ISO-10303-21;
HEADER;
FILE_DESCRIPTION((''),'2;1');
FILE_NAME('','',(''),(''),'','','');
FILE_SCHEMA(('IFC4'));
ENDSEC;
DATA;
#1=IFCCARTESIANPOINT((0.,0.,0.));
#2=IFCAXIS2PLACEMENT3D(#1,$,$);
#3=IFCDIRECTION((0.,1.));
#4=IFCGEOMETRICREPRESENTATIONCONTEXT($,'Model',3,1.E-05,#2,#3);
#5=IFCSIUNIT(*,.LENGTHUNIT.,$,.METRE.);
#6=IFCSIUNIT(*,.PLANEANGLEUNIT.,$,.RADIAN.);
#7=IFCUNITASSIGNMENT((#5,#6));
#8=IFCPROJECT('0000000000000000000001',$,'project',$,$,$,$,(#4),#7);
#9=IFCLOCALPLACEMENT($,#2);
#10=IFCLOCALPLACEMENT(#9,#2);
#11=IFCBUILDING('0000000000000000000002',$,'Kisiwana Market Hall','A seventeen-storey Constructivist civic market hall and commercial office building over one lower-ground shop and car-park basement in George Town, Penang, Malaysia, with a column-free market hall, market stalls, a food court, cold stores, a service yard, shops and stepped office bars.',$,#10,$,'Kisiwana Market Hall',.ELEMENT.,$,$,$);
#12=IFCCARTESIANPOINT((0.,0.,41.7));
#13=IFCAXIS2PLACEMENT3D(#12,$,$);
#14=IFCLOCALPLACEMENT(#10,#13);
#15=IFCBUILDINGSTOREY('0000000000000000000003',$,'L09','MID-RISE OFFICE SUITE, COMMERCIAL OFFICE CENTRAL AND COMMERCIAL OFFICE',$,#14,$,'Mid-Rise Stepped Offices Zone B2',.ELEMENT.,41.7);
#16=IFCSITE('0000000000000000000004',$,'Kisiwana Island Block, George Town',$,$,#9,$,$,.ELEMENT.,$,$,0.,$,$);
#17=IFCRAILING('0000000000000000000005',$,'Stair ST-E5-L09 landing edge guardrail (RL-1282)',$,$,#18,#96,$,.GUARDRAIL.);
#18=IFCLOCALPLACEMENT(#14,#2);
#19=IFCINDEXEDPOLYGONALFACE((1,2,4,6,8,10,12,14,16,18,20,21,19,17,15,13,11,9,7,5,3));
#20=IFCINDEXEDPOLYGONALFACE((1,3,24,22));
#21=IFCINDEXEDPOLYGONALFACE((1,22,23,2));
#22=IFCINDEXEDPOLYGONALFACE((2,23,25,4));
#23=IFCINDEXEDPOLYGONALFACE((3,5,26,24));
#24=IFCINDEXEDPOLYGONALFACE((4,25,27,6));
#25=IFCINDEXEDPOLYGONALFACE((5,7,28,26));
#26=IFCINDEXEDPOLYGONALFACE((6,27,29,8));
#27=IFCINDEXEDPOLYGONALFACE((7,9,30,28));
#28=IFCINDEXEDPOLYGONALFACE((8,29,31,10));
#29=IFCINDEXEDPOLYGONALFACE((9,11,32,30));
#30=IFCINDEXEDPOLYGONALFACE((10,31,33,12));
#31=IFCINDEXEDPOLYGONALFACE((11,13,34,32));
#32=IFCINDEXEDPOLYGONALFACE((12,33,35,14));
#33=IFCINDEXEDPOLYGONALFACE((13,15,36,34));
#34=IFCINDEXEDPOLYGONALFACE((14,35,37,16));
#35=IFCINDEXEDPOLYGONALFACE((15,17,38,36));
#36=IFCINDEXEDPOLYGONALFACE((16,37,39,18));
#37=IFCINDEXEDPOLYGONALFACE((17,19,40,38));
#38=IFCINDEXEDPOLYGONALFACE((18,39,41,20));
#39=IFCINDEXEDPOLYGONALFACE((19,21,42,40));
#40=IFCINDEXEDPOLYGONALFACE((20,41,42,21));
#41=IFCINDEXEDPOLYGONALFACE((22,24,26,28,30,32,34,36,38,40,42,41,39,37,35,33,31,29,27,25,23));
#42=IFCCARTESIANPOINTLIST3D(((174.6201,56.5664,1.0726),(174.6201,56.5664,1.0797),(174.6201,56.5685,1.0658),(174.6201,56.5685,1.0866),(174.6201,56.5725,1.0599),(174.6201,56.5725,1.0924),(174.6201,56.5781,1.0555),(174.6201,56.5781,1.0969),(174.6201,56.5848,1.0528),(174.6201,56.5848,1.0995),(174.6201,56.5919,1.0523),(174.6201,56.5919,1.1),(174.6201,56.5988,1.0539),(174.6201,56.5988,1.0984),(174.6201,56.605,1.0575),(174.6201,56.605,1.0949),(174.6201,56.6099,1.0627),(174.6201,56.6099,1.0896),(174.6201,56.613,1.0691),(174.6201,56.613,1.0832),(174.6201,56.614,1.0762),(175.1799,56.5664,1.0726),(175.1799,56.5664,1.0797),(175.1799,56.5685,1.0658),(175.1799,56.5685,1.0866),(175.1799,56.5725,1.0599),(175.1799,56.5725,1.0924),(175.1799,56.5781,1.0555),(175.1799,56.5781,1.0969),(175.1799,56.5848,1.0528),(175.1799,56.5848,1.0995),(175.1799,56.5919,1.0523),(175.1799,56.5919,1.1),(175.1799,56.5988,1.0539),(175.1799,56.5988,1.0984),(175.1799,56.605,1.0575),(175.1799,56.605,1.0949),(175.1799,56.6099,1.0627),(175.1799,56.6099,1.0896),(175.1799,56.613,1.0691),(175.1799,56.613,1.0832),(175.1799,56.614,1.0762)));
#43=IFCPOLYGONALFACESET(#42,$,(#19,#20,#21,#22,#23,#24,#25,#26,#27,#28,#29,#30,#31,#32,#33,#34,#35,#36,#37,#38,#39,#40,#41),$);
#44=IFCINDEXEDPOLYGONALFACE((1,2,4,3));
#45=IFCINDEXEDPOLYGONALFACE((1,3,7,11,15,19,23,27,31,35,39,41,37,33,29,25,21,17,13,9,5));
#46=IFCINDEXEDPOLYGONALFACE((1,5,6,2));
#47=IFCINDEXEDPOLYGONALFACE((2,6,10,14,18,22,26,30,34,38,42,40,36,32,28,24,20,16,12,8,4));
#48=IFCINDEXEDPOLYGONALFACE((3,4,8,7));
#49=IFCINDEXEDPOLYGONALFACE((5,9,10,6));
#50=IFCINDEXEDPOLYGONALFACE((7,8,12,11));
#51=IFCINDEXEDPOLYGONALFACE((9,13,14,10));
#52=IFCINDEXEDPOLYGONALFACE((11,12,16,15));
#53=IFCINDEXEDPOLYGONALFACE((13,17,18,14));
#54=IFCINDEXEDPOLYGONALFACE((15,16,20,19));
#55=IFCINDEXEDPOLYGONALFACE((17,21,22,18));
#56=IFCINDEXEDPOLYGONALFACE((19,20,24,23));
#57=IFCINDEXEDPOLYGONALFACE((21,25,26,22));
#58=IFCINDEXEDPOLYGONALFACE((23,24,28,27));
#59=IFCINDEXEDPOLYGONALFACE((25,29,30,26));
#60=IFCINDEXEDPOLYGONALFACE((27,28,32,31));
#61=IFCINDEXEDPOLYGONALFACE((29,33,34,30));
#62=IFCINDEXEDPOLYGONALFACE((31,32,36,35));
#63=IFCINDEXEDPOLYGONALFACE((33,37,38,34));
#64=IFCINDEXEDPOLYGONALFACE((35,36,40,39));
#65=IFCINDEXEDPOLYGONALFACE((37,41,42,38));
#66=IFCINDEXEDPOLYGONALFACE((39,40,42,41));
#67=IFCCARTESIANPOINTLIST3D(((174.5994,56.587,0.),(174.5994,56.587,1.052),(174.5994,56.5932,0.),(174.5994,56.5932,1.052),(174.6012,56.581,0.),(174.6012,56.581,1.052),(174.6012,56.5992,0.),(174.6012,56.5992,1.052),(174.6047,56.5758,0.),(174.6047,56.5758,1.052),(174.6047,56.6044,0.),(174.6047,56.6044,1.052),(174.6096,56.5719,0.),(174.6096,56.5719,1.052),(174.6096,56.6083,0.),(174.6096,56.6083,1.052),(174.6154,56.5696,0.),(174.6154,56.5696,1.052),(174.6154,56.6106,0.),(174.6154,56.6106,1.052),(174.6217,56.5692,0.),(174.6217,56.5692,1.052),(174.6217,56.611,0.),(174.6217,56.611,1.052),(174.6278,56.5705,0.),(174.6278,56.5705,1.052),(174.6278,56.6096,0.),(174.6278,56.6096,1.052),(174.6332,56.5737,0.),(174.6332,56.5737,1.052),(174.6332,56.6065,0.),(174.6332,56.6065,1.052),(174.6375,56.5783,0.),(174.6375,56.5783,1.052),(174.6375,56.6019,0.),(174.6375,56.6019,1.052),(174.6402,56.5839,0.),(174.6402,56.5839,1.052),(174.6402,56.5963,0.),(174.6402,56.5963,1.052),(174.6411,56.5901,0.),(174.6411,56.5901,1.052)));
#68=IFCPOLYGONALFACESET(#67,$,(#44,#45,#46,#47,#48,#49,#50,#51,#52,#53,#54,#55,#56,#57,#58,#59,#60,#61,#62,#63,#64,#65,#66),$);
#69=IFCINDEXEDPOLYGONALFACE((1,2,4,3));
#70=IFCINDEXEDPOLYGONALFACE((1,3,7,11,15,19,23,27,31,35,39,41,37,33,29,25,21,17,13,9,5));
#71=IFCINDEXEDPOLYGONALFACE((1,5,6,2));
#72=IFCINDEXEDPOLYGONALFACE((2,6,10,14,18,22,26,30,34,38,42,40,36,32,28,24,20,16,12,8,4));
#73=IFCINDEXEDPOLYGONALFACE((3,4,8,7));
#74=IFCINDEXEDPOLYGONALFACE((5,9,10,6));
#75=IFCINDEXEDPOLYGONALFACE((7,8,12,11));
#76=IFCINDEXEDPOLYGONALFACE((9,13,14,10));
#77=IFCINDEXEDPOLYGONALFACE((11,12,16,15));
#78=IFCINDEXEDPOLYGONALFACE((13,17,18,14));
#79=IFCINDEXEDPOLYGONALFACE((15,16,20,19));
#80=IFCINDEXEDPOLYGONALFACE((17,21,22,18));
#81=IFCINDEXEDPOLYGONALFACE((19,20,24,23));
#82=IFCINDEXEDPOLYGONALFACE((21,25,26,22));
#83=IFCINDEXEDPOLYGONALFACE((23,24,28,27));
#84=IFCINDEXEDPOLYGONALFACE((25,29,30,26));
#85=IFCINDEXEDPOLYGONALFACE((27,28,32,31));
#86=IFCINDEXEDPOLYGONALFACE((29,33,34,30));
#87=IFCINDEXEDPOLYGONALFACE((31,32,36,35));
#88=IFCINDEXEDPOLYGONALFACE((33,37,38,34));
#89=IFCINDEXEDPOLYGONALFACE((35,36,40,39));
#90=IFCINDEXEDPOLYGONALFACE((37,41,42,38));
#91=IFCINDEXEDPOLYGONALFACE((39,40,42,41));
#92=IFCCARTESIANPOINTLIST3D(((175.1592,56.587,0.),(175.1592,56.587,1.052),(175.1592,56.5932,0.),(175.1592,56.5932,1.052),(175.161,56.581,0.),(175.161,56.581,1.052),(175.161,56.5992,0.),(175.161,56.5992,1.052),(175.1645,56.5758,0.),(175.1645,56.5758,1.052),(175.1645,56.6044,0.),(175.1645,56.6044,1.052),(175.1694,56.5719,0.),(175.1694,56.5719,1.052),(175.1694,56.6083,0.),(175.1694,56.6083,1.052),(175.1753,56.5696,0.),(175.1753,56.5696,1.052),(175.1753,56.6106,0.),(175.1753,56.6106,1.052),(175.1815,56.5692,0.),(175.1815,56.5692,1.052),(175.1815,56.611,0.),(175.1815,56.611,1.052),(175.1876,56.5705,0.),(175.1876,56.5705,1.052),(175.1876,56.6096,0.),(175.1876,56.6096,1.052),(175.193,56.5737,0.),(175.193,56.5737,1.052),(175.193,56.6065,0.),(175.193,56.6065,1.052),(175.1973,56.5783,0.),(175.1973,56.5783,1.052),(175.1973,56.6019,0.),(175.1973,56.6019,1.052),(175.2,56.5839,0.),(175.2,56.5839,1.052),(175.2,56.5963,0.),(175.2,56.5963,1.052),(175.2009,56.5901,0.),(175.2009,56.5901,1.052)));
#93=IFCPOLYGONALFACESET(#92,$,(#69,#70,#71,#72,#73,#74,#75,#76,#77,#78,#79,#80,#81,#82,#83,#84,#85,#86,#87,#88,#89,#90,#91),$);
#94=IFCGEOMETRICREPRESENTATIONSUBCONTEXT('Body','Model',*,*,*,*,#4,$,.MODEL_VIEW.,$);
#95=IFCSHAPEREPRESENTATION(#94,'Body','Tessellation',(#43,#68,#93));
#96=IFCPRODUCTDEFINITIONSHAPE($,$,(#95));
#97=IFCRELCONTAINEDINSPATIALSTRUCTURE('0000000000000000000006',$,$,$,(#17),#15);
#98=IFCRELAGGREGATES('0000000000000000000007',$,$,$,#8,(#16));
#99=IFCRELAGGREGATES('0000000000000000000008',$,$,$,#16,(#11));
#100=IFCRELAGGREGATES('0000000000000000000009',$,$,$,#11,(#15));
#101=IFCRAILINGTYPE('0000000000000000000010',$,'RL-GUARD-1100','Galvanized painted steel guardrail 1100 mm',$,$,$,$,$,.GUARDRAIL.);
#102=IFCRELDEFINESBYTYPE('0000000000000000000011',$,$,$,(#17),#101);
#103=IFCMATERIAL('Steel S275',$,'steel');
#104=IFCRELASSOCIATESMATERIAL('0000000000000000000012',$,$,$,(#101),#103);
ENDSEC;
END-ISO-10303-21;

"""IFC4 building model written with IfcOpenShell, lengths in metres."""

from ifc_helpers import new_model, si_unit, direction, frame, origin, origin_2d, place, context, subcontext, project, spatial, circle, extrude, material, type_object, element, save


model = new_model("IFC4")

# Units and contexts
model_context = context("Model", 3, precision=1e-05, world=origin(), true_north=direction((0.0, 1.0)))
body_context = subcontext(model_context, "Body", "Model", "MODEL_VIEW")
ifc_project = project(units=[si_unit("LENGTHUNIT", "METRE"), si_unit("PLANEANGLEUNIT", "RADIAN")], contexts=[model_context])

# Site, building, storey
site_placement = place(None, origin())
site = spatial("IfcSite", under=ifc_project, at=site_placement, Name="Kisiwana Island Block, George Town", CompositionType="ELEMENT", RefElevation=0.0)
building_placement = place(site_placement, origin())
building = spatial("IfcBuilding", under=site, at=building_placement, Name="Kisiwana Market Hall", Description="A seventeen-storey Constructivist civic market hall and commercial office building over one lower-ground shop and car-park basement in George Town, Penang, Malaysia, with a column-free market hall, market stalls, a food court, cold stores, a service yard, shops and stepped office bars.", LongName="Kisiwana Market Hall", CompositionType="ELEMENT")
storey_placement = place(building_placement, frame((0.0, 0.0, 41.7)))
storey = spatial("IfcBuildingStorey", under=building, at=storey_placement, Name="L09", Description="MID-RISE OFFICE SUITE, COMMERCIAL OFFICE CENTRAL AND COMMERCIAL OFFICE", LongName="Mid-Rise Stepped Offices Zone B2", CompositionType="ELEMENT", Elevation=41.7)

# Railing
ifc_material_1 = material(Name="Steel S275", Category="steel")
railing_type_1 = type_object("IfcRailingType", Name="RL-GUARD-1100", Description="Galvanized painted steel guardrail 1100 mm", PredefinedType="GUARDRAIL", material=ifc_material_1)
railing_1_placement = place(storey_placement, frame((174.6201, 56.5901, 0.0)))
element("IfcRailing", 1, at=railing_1_placement, inside=storey, type_object=railing_type_1, Name="Stair ST-E5-L09 landing edge guardrail (RL-1282)", PredefinedType="GUARDRAIL", context=body_context, shape_type="SweptSolid", body=[
    extrude(circle(Radius=0.0239, at=origin_2d()), frame((0.0, 0.0, 1.0762), z_axis=(1.0, 0.0, 0.0), x_axis=(0.0, 1.0, 0.0)), (0.0, 0.0, 1.0), 0.5598),
    extrude(circle(Radius=0.021, at=origin_2d()), origin(), (0.0, 0.0, 1.0), 1.052),
    extrude(circle(Radius=0.021, at=origin_2d()), frame((0.5598, 0.0, 0.0)), (0.0, 0.0, 1.0), 1.052),
])

save(model, "model.ifc")
